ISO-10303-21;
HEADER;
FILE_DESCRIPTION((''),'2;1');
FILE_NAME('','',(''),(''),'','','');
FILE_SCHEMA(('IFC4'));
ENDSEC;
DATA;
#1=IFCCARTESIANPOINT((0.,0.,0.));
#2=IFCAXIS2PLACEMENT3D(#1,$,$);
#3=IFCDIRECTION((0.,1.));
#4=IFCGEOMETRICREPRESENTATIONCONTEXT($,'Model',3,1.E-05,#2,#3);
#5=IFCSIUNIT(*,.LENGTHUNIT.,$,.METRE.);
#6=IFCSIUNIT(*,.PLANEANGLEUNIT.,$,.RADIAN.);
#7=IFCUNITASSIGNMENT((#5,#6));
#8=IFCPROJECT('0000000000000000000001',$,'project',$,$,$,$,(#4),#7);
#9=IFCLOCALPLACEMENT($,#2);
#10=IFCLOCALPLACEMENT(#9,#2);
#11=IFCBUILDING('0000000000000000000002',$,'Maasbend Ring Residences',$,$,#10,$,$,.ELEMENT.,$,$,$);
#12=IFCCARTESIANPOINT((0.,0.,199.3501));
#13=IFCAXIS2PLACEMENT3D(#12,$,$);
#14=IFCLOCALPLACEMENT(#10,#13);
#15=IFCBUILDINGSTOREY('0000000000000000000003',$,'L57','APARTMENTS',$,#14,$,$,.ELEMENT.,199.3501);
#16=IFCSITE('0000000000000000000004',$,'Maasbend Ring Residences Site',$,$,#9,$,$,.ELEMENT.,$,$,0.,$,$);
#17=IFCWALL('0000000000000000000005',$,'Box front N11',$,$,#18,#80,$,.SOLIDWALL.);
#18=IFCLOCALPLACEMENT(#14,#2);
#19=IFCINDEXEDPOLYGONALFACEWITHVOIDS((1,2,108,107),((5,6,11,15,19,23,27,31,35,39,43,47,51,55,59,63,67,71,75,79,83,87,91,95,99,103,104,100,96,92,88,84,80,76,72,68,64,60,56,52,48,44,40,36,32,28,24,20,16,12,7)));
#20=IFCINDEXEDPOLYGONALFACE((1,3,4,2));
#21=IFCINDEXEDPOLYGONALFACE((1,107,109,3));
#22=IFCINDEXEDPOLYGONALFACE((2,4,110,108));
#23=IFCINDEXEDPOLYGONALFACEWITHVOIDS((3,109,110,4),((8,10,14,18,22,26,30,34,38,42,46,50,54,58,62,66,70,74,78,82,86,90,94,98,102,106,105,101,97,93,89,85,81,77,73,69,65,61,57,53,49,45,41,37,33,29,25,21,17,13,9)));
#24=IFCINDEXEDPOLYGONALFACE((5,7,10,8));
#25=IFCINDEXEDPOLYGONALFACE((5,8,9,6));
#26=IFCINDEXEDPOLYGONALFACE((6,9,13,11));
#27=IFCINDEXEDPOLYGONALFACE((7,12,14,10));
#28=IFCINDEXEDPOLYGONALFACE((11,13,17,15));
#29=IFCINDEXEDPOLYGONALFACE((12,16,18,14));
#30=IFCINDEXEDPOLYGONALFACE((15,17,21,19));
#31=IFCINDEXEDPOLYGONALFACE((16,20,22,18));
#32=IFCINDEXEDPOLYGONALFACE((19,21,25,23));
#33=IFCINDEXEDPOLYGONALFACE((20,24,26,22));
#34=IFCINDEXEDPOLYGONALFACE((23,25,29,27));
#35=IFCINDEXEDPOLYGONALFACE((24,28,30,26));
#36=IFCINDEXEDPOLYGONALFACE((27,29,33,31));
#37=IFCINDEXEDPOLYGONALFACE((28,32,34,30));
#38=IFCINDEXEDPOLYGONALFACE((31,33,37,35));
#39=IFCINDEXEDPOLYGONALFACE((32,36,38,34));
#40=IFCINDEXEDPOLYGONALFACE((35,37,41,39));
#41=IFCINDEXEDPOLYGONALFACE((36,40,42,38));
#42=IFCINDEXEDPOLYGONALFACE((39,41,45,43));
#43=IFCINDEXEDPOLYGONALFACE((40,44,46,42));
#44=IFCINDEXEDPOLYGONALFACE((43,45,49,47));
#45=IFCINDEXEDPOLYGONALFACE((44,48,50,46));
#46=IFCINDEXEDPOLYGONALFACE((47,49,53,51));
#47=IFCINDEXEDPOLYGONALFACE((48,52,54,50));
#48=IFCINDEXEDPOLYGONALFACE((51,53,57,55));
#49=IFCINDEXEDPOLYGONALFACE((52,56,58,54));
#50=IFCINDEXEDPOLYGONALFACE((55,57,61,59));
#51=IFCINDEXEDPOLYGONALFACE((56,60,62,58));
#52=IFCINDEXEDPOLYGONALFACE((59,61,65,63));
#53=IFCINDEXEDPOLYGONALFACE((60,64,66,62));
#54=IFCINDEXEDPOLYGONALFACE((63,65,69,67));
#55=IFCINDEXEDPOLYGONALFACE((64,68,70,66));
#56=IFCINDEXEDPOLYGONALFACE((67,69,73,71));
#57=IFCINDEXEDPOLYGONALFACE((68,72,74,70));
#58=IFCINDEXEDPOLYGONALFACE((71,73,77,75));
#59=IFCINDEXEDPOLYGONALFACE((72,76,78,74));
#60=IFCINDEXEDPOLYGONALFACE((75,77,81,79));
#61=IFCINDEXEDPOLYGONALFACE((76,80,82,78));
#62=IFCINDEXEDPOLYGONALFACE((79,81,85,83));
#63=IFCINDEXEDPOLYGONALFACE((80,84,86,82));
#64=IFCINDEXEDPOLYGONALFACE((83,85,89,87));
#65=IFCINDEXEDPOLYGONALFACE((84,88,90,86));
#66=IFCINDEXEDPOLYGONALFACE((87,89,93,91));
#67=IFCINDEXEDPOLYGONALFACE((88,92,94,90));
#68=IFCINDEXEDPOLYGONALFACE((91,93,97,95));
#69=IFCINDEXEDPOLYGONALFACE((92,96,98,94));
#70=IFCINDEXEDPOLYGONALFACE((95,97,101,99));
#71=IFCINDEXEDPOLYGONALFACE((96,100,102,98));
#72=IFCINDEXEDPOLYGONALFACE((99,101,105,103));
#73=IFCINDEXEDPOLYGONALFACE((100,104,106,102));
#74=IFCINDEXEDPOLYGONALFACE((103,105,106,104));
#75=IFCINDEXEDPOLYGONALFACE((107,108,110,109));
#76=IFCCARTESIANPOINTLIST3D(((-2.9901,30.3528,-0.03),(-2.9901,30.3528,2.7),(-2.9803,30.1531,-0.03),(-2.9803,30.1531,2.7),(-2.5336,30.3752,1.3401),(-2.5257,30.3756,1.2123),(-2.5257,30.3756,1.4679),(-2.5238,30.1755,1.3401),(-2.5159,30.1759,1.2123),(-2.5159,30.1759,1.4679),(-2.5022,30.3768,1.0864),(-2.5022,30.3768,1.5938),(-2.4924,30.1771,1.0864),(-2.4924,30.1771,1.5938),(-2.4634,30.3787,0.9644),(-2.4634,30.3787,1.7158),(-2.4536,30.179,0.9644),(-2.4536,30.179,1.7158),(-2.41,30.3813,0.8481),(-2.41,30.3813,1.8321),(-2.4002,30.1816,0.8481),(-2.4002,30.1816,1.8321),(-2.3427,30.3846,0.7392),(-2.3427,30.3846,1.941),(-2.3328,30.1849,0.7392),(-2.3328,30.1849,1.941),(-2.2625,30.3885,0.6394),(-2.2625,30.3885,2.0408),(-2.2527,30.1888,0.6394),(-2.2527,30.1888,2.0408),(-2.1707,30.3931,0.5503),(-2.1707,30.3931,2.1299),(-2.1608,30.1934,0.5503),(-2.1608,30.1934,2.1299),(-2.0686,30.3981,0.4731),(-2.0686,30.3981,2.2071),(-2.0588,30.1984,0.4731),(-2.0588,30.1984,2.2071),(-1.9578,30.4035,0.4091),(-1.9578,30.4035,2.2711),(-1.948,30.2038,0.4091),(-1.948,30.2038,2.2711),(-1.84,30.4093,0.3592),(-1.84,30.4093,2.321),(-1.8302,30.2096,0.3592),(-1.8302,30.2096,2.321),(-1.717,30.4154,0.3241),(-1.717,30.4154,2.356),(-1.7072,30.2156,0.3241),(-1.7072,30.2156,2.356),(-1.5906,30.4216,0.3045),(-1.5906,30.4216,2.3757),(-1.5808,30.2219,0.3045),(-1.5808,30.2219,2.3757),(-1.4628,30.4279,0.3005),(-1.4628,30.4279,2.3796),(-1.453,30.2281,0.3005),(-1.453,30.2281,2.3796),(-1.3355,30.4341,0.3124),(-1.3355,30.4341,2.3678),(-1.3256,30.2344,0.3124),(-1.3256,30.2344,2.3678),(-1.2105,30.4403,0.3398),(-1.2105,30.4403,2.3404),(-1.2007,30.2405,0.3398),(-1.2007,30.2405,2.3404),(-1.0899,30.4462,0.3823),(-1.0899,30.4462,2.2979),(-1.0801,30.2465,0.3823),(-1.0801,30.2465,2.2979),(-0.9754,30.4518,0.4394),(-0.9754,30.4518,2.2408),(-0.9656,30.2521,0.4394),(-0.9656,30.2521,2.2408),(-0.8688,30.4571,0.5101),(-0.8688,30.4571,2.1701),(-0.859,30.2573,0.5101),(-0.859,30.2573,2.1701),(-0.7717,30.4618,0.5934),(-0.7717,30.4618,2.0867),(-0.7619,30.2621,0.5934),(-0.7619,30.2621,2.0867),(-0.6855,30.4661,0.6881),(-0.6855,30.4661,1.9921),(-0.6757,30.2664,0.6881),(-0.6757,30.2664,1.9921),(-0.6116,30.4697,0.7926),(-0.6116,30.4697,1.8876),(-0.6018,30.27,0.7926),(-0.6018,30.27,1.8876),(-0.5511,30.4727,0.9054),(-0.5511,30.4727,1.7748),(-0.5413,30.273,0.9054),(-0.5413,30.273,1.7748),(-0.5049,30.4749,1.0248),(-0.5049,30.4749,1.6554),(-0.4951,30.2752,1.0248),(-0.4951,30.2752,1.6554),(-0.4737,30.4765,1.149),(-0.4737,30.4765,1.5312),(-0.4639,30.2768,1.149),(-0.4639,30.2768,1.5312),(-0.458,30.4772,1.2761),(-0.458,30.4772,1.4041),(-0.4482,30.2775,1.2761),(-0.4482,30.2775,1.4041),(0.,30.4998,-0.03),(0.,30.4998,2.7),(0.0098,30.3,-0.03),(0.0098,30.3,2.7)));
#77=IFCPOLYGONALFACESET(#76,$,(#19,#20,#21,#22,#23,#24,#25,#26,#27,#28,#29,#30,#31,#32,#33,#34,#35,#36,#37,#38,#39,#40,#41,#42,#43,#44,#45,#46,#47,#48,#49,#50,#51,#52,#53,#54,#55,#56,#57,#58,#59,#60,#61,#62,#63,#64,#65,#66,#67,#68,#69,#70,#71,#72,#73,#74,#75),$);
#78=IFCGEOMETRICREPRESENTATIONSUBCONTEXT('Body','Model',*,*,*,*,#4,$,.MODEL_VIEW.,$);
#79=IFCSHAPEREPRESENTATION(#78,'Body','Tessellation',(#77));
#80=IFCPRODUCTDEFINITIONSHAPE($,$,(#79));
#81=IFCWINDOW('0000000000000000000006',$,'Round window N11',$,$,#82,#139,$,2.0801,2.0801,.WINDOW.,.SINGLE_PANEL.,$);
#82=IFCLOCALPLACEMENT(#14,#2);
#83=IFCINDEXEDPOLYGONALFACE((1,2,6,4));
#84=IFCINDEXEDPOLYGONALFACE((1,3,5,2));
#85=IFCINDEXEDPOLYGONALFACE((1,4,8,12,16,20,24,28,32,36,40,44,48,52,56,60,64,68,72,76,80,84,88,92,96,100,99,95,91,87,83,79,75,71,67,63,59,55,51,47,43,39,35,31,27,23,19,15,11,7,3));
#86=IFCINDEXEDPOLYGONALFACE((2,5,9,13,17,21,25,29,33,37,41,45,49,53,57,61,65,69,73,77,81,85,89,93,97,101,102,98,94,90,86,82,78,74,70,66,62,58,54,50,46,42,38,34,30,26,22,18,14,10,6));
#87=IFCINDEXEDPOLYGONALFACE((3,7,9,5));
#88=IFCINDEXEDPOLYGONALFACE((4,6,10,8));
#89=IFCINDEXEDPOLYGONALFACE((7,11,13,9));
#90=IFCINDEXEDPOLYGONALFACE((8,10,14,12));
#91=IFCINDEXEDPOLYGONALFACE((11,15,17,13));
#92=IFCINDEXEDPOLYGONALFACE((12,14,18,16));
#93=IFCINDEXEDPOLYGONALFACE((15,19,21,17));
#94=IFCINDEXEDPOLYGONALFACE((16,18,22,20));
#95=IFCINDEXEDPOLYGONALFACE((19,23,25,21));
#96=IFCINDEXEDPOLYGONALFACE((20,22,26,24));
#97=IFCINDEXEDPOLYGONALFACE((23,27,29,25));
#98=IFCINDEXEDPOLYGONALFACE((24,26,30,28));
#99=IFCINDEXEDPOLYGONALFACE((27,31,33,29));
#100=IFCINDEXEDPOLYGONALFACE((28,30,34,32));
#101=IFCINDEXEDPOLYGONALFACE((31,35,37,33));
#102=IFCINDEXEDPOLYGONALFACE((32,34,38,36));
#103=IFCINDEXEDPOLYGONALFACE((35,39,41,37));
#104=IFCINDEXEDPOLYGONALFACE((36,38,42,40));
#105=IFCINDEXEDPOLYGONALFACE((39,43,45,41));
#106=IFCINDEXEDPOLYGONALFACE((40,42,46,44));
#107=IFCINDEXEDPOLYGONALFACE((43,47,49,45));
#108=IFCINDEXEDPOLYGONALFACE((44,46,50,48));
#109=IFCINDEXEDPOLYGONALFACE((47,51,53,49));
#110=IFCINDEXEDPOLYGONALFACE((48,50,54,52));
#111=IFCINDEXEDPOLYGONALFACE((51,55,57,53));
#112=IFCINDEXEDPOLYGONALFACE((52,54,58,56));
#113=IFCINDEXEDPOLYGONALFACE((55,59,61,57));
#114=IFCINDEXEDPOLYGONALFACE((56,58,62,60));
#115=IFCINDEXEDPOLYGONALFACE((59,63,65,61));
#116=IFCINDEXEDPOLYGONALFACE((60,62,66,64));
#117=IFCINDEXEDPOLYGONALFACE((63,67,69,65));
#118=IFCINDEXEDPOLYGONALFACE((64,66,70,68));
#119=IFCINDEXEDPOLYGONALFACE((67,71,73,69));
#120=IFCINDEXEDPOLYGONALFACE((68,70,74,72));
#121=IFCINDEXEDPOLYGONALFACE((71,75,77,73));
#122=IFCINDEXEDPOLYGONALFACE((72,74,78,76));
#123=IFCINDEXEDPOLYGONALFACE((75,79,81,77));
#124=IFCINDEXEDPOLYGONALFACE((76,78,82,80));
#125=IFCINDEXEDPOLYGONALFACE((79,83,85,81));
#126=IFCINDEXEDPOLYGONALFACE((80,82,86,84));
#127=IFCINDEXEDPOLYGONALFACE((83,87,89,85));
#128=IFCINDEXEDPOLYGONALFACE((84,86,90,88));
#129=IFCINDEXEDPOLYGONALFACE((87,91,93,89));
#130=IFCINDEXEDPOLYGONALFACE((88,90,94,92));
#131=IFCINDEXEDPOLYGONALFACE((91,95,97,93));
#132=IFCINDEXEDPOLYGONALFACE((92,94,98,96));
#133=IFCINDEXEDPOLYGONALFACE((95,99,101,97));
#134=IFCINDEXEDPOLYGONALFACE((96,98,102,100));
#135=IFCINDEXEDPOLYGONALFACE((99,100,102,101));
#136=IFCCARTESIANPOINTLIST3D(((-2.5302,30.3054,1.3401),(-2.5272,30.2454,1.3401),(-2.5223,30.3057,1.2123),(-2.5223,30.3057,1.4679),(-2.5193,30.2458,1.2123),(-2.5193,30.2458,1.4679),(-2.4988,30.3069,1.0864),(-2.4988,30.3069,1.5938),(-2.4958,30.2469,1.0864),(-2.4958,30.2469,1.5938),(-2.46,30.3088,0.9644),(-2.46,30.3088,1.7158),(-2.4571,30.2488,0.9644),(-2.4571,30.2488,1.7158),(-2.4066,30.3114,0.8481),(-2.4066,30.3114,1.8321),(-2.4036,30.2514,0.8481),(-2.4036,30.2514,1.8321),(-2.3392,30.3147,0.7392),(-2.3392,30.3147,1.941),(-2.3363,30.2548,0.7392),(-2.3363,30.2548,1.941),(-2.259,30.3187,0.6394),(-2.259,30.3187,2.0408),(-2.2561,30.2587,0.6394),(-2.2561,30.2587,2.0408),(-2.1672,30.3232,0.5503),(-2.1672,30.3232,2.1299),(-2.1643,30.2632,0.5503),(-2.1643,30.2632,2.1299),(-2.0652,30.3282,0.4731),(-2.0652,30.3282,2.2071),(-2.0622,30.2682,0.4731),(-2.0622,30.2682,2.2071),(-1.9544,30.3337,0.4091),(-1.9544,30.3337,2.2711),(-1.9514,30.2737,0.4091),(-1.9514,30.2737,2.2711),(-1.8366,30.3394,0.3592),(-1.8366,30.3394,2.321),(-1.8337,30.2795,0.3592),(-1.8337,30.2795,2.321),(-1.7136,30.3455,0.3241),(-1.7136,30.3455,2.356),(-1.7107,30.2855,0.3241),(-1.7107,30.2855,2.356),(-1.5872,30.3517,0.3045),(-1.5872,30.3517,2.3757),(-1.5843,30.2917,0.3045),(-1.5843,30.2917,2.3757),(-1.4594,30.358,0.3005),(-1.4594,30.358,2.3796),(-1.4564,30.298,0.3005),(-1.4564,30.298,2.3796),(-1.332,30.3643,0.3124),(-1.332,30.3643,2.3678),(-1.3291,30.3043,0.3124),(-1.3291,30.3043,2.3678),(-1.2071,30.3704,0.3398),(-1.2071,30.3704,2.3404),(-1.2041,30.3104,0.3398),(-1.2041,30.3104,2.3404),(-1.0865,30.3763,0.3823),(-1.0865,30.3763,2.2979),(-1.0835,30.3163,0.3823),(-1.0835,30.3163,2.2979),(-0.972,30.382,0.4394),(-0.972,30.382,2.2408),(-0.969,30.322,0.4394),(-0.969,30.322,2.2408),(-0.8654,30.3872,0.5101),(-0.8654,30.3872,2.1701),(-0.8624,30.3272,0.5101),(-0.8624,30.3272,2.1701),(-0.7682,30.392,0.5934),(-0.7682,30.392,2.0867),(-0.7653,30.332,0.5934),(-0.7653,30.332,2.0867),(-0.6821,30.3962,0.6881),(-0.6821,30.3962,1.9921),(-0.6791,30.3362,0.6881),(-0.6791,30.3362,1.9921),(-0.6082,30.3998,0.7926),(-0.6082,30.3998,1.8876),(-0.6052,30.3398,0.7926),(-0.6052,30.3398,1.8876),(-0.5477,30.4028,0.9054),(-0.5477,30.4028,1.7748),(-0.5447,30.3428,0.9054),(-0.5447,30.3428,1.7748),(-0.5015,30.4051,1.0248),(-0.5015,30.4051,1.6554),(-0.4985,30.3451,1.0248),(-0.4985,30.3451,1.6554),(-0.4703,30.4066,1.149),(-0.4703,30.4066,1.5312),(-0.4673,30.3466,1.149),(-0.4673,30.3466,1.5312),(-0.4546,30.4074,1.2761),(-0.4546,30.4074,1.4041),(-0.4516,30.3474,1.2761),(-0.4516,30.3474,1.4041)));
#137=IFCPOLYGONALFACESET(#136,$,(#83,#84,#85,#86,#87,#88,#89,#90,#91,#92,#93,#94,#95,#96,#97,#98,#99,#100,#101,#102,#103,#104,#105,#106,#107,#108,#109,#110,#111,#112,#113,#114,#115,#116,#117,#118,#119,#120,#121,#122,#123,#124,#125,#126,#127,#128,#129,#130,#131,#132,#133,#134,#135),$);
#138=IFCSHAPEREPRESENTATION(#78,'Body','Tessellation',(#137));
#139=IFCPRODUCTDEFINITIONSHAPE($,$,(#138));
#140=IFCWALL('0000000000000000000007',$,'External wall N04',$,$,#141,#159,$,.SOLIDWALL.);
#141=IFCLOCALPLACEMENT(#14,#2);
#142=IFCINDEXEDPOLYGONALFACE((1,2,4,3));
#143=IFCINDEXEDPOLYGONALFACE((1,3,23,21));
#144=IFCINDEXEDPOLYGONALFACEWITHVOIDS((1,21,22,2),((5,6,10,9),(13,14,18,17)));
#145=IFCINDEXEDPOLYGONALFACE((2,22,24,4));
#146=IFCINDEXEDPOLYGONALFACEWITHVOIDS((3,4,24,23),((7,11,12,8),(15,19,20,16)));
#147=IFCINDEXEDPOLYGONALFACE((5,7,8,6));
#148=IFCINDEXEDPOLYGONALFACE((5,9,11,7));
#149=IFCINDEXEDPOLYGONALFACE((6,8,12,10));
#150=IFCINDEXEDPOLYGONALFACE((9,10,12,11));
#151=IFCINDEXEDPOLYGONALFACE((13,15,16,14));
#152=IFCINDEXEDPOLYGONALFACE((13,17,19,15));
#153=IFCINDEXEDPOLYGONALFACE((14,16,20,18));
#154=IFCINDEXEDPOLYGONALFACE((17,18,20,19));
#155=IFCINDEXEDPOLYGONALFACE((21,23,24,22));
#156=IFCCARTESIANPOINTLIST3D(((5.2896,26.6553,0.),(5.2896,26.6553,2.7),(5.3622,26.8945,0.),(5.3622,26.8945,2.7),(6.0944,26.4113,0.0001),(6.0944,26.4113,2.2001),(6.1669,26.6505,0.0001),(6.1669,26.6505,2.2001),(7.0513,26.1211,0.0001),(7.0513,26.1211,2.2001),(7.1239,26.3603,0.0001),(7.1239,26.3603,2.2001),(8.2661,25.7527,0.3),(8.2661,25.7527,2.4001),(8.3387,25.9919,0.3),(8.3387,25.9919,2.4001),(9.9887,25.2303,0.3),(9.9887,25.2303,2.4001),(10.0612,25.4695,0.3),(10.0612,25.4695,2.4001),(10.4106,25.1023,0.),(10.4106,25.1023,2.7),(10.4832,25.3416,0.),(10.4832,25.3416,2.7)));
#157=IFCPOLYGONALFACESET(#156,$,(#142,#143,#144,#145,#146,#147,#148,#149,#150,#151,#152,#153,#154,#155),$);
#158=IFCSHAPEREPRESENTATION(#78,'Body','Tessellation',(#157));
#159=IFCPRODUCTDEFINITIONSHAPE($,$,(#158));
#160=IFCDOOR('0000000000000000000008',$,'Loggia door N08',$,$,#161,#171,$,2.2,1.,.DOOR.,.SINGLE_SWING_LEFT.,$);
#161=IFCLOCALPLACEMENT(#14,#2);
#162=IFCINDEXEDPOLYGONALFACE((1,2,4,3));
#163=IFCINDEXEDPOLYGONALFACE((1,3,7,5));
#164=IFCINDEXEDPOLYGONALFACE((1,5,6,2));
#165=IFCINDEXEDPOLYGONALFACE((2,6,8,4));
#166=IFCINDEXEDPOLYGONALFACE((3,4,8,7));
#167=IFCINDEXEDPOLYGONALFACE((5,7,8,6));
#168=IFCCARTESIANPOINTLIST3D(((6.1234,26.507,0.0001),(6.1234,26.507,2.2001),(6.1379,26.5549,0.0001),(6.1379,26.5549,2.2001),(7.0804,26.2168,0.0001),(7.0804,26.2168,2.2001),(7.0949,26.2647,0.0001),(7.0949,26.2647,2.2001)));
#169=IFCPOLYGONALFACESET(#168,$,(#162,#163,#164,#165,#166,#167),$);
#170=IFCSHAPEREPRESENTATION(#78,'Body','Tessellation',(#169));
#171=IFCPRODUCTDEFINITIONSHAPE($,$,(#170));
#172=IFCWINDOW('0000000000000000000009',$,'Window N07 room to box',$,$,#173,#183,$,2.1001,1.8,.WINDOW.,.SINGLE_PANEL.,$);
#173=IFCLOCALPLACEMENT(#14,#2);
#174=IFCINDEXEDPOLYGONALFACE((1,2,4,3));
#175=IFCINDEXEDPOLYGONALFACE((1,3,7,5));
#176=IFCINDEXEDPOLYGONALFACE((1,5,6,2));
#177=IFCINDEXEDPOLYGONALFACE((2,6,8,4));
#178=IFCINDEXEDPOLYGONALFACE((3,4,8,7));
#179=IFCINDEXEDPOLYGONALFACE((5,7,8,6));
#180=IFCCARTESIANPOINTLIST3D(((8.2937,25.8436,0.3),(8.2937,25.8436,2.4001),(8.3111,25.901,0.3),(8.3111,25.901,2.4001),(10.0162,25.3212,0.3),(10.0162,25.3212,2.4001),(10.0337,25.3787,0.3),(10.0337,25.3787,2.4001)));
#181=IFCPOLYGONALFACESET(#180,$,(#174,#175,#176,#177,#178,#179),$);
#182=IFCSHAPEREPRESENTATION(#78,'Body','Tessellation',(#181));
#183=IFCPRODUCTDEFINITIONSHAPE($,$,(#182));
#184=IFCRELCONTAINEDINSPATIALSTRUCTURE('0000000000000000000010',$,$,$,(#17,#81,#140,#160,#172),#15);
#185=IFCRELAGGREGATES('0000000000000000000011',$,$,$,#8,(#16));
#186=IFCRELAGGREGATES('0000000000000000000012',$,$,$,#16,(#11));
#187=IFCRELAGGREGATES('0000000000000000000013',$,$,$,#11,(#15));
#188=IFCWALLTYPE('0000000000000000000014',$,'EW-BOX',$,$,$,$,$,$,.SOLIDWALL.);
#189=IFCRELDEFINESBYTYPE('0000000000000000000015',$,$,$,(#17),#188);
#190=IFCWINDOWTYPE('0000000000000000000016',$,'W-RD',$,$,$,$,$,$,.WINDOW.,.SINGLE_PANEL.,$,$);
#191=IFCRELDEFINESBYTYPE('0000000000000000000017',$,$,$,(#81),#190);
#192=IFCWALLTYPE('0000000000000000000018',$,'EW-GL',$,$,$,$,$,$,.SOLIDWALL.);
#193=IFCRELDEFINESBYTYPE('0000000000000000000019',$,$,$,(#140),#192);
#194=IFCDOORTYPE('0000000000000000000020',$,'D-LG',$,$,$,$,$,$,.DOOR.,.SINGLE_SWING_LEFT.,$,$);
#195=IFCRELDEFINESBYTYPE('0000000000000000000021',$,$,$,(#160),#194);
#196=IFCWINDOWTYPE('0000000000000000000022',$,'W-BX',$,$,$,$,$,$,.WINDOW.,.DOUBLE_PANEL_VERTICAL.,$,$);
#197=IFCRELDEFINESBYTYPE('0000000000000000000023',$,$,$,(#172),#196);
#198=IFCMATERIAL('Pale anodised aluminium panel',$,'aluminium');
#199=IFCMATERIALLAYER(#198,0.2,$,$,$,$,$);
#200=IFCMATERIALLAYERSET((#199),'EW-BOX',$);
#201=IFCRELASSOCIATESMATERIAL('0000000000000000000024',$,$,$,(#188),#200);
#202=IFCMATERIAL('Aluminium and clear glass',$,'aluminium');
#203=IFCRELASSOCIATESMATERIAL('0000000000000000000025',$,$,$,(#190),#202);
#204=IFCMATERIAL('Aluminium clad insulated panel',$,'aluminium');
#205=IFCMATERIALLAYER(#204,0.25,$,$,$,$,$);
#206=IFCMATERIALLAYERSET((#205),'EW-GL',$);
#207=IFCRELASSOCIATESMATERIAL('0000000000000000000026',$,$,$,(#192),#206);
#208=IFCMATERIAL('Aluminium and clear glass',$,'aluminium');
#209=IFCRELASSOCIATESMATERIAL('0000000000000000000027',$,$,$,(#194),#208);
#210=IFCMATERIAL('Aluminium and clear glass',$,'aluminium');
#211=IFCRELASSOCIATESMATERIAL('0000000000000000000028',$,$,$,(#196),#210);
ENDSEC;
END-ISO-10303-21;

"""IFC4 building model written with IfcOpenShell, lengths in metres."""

from ifc_helpers import new_model, si_unit, direction, frame, frame_2d, origin, place, context, subcontext, project, spatial, rectangle, circle, extrude, material, layer, layer_set, type_object, element, fill, save


model = new_model("IFC4")

# Units and contexts
model_context = context("Model", 3, precision=1e-05, world=origin(), true_north=direction((0.0, 1.0)))
body_context = subcontext(model_context, "Body", "Model", "MODEL_VIEW")
ifc_project = project(units=[si_unit("LENGTHUNIT", "METRE"), si_unit("PLANEANGLEUNIT", "RADIAN")], contexts=[model_context])

# Site, building, storey
site_placement = place(None, origin())
site = spatial("IfcSite", under=ifc_project, at=site_placement, Name="Maasbend Ring Residences Site", CompositionType="ELEMENT", RefElevation=0.0)
building_placement = place(site_placement, origin())
building = spatial("IfcBuilding", under=site, at=building_placement, Name="Maasbend Ring Residences", CompositionType="ELEMENT")
storey_placement = place(building_placement, frame((0.0, 0.0, 199.3501)))
storey = spatial("IfcBuildingStorey", under=building, at=storey_placement, Name="L57", Description="APARTMENTS", CompositionType="ELEMENT", Elevation=199.3501)

# Shared definitions
ifc_material_1 = material(Name="Pale anodised aluminium panel", Category="aluminium")
ifc_layer_1 = layer(ifc_material_1, 0.2)
ifc_layer_set_1 = layer_set([ifc_layer_1], Name="EW-BOX")
wall_type_1 = type_object("IfcWallType", Name="EW-BOX", PredefinedType="SOLIDWALL", material=ifc_layer_set_1)

# Shared definitions
ifc_material_2 = material(Name="Aluminium and clear glass", Category="aluminium")
window_type_1 = type_object("IfcWindowType", Name="W-RD", PartitioningType="SINGLE_PANEL", PredefinedType="WINDOW", material=ifc_material_2)

# Wall, opening, window
wall_1_placement = place(storey_placement, frame((0.0049, 30.3999, -0.03), z_axis=(0.0, 0.0, 1.0), x_axis=(-0.998794, -0.049096, 0.0)))
wall_1 = element("IfcWall", 1, at=wall_1_placement, inside=storey, type_object=wall_type_1, Name="Box front N11", PredefinedType="SOLIDWALL", context=body_context, shape_type="SweptSolid", body=[
    extrude(rectangle(XDim=2.9937, YDim=0.2, at=frame_2d((1.4968, 0.0))), origin(), (0.0, 0.0, 1.0), 2.73),
])
opening_1_placement = place(wall_1_placement, frame((0.4565, 0.0, 0.3301)))
opening_1 = element("IfcOpeningElement", 2, at=opening_1_placement, cuts=wall_1, PredefinedType="OPENING", context=body_context, shape_type="SweptSolid", body=[
    extrude(circle(Radius=1.04, at=frame_2d((1.04, 1.04))), frame((0.0, 0.1099, 0.0), z_axis=(0.0, -1.0, 0.0), x_axis=(1.0, 0.0, 0.0)), (0.0, 0.0, 1.0), 0.22),
])
window_1_placement = place(opening_1_placement, origin())
window_1 = element("IfcWindow", 3, at=window_1_placement, inside=storey, type_object=window_type_1, Name="Round window N11", OverallHeight=2.0801, OverallWidth=2.0801, PartitioningType="SINGLE_PANEL", PredefinedType="WINDOW", context=body_context, shape_type="SweptSolid", body=[
    extrude(circle(Radius=1.04, at=frame_2d((1.04, 1.04))), frame((0.0, 0.03, 0.0), z_axis=(0.0, -1.0, 0.0), x_axis=(1.0, 0.0, 0.0)), (0.0, 0.0, 1.0), 0.0601),
])
fill(opening_1, window_1)

# Wall, openings, door, window
ifc_material_3 = material(Name="Aluminium clad insulated panel", Category="aluminium")
ifc_layer_2 = layer(ifc_material_3, 0.25)
ifc_layer_set_2 = layer_set([ifc_layer_2], Name="EW-GL")
wall_type_2 = type_object("IfcWallType", Name="EW-GL", PredefinedType="SOLIDWALL", material=ifc_layer_set_2)
wall_2_placement = place(storey_placement, frame((10.447, 25.2219, 0.0), z_axis=(0.0, 0.0, 1.0), x_axis=(-0.956966, 0.290201, 0.0)))
wall_2 = element("IfcWall", 4, at=wall_2_placement, inside=storey, type_object=wall_type_2, Name="External wall N04", PredefinedType="SOLIDWALL", context=body_context, shape_type="SweptSolid", body=[
    extrude(rectangle(XDim=5.3513, YDim=0.25, at=frame_2d((2.6758, 0.0))), origin(), (0.0, 0.0, 1.0), 2.7),
])
opening_2_placement = place(wall_2_placement, frame((0.4412, 0.0, 0.3)))
opening_2 = element("IfcOpeningElement", 5, at=opening_2_placement, cuts=wall_2, PredefinedType="OPENING", context=body_context, shape_type="SweptSolid", body=[
    extrude(rectangle(XDim=1.8, YDim=2.1001, at=frame_2d((0.8999, 1.05))), frame((0.0, 0.135, 0.0), z_axis=(0.0, -1.0, 0.0), x_axis=(1.0, 0.0, 0.0)), (0.0, 0.0, 1.0), 0.27),
])
opening_3_placement = place(wall_2_placement, frame((3.5105, 0.0, 0.0)))
opening_3 = element("IfcOpeningElement", 6, at=opening_3_placement, cuts=wall_2, PredefinedType="OPENING", context=body_context, shape_type="SweptSolid", body=[
    extrude(rectangle(XDim=1.0, YDim=2.2, at=frame_2d((0.5, 1.1001))), frame((0.0, 0.135, 0.0), z_axis=(0.0, -1.0, 0.0), x_axis=(1.0, 0.0, 0.0)), (0.0, 0.0, 1.0), 0.27),
])
ifc_material_4 = material(Name="Aluminium and clear glass", Category="aluminium")
door_type_1 = type_object("IfcDoorType", Name="D-LG", OperationType="SINGLE_SWING_LEFT", PredefinedType="DOOR", material=ifc_material_4)
door_1_placement = place(opening_3_placement, origin())
door_1 = element("IfcDoor", 7, at=door_1_placement, inside=storey, type_object=door_type_1, Name="Loggia door N08", OperationType="SINGLE_SWING_LEFT", OverallHeight=2.2, OverallWidth=1.0, PredefinedType="DOOR", context=body_context, shape_type="SweptSolid", body=[
    extrude(rectangle(XDim=1.0, YDim=2.2, at=frame_2d((0.5, 1.1001))), frame((0.0, 0.0249, 0.0), z_axis=(0.0, -1.0, 0.0), x_axis=(1.0, 0.0, 0.0)), (0.0, 0.0, 1.0), 0.05),
])
fill(opening_3, door_1)
ifc_material_5 = material(Name="Aluminium and clear glass", Category="aluminium")
window_type_2 = type_object("IfcWindowType", Name="W-BX", PartitioningType="DOUBLE_PANEL_VERTICAL", PredefinedType="WINDOW", material=ifc_material_5)
window_2_placement = place(opening_2_placement, origin())
window_2 = element("IfcWindow", 8, at=window_2_placement, inside=storey, type_object=window_type_2, Name="Window N07 room to box", OverallHeight=2.1001, OverallWidth=1.8, PartitioningType="SINGLE_PANEL", PredefinedType="WINDOW", context=body_context, shape_type="SweptSolid", body=[
    extrude(rectangle(XDim=1.8, YDim=2.1001, at=frame_2d((0.8999, 1.05))), frame((0.0, 0.03, 0.0), z_axis=(0.0, -1.0, 0.0), x_axis=(1.0, 0.0, 0.0)), (0.0, 0.0, 1.0), 0.0601),
])
fill(opening_2, window_2)

save(model, "model.ifc")
